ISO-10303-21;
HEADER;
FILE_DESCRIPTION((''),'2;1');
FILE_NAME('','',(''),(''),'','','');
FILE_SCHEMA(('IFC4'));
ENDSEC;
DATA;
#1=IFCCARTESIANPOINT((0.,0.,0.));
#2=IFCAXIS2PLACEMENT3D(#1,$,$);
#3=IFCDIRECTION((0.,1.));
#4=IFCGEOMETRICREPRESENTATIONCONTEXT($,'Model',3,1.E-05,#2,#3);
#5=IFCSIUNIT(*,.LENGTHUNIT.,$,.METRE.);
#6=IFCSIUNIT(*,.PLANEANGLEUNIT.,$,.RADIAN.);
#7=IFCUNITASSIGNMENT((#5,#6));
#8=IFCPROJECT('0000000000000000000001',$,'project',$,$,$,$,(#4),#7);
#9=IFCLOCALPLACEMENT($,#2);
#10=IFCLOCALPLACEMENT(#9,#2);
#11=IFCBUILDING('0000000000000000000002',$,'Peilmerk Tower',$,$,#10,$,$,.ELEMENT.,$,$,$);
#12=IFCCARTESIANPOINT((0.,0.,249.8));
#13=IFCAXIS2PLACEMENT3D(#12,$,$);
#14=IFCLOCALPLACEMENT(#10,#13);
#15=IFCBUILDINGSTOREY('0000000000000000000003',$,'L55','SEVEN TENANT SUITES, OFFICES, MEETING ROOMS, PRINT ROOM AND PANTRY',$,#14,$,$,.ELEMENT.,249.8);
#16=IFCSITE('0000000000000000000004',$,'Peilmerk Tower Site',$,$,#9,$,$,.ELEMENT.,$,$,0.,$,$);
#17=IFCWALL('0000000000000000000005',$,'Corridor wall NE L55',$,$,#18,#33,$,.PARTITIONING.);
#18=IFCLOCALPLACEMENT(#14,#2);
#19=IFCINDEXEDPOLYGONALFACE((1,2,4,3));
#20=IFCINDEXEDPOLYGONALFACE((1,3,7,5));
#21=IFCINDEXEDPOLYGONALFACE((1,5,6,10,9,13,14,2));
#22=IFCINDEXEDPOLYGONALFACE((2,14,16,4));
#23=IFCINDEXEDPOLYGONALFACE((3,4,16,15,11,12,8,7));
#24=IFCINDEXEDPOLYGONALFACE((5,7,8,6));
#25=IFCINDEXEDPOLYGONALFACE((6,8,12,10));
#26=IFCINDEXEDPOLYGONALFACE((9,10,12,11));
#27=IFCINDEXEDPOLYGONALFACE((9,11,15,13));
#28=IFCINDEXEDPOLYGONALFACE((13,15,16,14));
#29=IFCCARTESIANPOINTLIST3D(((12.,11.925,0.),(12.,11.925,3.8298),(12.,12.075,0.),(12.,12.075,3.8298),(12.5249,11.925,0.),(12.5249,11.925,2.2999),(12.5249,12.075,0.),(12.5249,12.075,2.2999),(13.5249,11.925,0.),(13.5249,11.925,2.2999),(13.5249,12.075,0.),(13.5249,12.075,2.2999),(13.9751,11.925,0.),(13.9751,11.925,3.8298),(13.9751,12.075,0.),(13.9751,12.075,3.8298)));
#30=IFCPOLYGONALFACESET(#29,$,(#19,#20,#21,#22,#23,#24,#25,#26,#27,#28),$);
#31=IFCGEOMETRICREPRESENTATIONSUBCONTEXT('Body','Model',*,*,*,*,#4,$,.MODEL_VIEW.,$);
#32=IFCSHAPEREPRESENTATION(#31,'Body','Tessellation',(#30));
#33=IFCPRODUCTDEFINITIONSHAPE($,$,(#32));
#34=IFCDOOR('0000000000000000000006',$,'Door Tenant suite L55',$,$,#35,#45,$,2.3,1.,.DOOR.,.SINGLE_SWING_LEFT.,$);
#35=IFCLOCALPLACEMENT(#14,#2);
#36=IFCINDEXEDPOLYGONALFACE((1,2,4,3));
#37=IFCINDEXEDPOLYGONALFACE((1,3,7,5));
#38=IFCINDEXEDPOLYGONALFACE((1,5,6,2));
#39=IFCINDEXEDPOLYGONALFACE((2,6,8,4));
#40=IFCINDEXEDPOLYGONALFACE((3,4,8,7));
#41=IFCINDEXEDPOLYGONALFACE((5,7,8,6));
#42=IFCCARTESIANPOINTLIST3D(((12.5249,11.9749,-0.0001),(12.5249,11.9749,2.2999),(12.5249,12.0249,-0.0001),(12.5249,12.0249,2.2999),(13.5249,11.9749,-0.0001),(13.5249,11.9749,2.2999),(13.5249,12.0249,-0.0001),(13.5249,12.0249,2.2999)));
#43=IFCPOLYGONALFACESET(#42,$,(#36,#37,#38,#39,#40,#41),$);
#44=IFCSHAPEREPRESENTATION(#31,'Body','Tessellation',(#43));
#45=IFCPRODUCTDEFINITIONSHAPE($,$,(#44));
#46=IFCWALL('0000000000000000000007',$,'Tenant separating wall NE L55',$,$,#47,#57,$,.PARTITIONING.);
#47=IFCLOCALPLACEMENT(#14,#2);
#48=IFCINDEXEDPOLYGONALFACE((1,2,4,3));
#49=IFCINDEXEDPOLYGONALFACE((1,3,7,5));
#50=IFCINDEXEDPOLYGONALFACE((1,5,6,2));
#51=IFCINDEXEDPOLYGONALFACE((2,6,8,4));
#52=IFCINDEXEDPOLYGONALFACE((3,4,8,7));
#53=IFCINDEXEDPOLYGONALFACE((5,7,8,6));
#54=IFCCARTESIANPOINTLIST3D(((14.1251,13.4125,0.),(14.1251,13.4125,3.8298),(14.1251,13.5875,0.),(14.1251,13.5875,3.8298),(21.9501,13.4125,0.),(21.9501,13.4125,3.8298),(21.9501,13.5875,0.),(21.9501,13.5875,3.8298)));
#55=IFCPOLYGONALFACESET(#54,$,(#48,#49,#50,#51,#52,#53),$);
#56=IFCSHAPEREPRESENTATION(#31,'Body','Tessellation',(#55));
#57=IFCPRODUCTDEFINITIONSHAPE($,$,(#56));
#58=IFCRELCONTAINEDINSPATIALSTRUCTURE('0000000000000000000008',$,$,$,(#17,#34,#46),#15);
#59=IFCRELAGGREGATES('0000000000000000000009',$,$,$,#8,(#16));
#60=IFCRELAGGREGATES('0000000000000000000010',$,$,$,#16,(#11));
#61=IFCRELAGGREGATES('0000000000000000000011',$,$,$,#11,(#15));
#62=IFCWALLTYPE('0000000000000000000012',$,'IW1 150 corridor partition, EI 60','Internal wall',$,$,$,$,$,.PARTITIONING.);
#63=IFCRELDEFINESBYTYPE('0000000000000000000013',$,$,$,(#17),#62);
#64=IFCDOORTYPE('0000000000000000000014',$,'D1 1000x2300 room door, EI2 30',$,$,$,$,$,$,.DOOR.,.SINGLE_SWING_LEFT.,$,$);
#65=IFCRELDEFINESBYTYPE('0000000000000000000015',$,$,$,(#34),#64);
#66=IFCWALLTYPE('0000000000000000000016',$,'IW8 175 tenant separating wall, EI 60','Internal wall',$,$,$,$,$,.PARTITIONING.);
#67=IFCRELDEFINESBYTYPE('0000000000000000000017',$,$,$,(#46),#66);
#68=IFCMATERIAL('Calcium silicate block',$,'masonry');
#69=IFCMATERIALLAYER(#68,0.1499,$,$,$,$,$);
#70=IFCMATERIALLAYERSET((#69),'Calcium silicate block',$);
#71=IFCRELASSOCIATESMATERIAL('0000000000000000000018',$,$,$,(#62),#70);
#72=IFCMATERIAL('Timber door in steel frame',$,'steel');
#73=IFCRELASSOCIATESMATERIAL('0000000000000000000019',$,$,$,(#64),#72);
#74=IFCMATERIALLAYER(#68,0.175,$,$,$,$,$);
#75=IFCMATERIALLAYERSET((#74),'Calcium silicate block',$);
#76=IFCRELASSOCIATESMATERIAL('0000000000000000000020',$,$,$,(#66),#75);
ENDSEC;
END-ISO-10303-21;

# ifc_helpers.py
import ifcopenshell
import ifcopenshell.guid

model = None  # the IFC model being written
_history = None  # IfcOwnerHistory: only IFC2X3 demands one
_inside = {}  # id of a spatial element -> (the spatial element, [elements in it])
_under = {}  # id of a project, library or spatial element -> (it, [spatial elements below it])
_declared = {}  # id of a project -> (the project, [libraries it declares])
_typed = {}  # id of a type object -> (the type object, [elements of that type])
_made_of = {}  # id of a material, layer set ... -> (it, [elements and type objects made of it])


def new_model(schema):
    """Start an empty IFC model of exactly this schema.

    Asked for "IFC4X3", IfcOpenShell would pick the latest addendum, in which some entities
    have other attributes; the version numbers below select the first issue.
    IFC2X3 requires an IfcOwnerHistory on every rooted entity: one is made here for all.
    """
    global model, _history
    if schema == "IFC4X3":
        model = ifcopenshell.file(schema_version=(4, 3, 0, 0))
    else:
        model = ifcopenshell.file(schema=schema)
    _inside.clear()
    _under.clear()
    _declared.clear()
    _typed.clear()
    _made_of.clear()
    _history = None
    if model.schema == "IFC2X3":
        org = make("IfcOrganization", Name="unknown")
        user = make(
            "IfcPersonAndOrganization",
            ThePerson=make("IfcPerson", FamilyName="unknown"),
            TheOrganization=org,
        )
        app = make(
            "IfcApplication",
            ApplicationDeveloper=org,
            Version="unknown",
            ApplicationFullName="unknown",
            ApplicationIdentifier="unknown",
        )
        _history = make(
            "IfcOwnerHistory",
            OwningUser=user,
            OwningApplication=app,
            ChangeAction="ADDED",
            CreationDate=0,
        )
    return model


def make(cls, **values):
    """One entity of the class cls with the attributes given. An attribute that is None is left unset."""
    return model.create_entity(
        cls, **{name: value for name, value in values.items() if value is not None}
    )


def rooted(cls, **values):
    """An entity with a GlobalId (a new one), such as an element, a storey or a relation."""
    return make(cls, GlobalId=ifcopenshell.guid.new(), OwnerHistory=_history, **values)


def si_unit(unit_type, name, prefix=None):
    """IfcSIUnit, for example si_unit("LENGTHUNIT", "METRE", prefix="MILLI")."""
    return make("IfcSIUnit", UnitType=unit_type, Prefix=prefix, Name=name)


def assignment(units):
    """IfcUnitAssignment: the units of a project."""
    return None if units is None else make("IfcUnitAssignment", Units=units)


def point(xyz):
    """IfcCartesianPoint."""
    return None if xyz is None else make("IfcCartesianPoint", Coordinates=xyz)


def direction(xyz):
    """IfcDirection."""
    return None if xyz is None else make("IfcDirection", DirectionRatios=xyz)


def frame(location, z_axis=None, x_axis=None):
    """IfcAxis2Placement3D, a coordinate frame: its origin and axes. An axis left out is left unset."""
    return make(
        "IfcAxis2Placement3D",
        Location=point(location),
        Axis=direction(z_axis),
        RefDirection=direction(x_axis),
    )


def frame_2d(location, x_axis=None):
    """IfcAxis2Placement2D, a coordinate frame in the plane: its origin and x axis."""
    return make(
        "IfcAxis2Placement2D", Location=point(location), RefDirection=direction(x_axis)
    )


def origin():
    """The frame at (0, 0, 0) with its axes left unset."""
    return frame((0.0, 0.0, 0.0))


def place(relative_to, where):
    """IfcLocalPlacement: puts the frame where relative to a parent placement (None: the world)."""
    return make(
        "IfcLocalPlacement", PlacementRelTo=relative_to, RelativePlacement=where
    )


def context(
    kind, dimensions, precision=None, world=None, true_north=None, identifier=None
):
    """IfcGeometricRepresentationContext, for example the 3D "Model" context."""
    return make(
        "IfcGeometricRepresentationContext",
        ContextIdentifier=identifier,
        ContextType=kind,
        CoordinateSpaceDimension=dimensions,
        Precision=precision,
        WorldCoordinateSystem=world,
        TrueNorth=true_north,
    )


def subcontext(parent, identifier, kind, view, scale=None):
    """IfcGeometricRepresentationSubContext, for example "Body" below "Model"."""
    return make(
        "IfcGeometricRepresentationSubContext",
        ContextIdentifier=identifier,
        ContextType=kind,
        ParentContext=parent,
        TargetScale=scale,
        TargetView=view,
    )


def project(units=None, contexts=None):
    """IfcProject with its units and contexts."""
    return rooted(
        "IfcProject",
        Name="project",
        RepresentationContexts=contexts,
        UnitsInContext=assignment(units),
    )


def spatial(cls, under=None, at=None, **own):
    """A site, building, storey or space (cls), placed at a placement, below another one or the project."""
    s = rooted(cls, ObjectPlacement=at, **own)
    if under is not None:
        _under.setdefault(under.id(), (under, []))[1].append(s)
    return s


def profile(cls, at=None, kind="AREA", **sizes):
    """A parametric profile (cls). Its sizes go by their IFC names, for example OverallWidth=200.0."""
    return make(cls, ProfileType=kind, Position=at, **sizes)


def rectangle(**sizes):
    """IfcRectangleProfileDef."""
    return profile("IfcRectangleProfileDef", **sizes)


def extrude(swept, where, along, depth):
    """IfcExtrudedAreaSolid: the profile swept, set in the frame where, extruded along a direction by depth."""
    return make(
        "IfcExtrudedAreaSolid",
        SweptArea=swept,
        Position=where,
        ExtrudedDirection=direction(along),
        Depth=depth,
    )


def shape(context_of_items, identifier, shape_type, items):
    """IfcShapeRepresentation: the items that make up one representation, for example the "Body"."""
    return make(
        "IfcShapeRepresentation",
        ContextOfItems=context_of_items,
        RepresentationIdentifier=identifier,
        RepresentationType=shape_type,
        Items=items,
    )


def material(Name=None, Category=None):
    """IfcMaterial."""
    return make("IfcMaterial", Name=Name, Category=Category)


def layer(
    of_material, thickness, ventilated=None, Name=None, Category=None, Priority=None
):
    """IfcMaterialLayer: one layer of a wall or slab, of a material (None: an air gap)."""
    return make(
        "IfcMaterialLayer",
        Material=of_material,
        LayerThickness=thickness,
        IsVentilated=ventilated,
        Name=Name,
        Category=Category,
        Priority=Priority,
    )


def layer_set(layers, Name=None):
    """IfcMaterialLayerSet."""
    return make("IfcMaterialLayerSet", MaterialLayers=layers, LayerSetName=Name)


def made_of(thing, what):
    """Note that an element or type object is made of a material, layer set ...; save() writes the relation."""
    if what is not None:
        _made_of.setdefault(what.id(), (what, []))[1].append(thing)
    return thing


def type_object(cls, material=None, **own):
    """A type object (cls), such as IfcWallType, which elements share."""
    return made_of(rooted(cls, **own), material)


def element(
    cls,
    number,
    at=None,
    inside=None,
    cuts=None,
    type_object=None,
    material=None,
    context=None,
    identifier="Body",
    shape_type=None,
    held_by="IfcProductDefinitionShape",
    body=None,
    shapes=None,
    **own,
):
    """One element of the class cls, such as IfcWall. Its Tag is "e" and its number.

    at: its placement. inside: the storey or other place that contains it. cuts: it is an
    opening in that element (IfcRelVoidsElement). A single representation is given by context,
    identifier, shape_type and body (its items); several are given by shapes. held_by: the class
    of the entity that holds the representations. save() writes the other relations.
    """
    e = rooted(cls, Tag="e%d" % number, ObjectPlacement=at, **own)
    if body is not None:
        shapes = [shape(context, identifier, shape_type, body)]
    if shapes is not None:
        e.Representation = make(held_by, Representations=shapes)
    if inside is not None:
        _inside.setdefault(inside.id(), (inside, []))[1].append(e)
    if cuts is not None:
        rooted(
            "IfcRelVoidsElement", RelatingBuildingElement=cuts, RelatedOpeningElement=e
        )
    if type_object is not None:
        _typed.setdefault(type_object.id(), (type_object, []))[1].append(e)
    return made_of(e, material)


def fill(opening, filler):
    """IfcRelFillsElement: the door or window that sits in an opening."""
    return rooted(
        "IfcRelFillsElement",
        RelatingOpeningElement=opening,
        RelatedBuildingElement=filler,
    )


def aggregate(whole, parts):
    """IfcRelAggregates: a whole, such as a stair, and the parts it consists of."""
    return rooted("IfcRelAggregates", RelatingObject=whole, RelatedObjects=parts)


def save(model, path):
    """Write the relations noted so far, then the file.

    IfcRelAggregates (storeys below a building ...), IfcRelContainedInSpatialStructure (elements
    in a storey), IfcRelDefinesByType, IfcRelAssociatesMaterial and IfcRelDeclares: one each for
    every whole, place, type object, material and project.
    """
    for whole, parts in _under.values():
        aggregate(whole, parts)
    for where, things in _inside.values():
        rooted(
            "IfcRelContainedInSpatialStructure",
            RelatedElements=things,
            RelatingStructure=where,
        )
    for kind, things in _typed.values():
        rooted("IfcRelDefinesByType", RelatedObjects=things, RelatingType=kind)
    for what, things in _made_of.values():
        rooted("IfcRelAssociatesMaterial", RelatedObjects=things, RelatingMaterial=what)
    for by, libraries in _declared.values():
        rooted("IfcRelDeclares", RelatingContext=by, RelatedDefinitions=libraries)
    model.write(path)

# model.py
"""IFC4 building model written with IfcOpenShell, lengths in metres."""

from ifc_helpers import new_model, si_unit, direction, frame, frame_2d, origin, place, context, subcontext, project, spatial, rectangle, extrude, material, layer, layer_set, type_object, element, fill, save


model = new_model("IFC4")

# Units and contexts
model_context = context("Model", 3, precision=1e-05, world=origin(), true_north=direction((0.0, 1.0)))
body_context = subcontext(model_context, "Body", "Model", "MODEL_VIEW")
ifc_project = project(units=[si_unit("LENGTHUNIT", "METRE"), si_unit("PLANEANGLEUNIT", "RADIAN")], contexts=[model_context])

# Site, building, storey
site_placement = place(None, origin())
site = spatial("IfcSite", under=ifc_project, at=site_placement, Name="Peilmerk Tower Site", CompositionType="ELEMENT", RefElevation=0.0)
building_placement = place(site_placement, origin())
building = spatial("IfcBuilding", under=site, at=building_placement, Name="Peilmerk Tower", CompositionType="ELEMENT")
storey_placement = place(building_placement, frame((0.0, 0.0, 249.8)))
storey = spatial("IfcBuildingStorey", under=building, at=storey_placement, Name="L55", Description="SEVEN TENANT SUITES, OFFICES, MEETING ROOMS, PRINT ROOM AND PANTRY", CompositionType="ELEMENT", Elevation=249.8)

# Wall, opening, door
ifc_material_1 = material(Name="Calcium silicate block", Category="masonry")
ifc_layer_1 = layer(ifc_material_1, 0.1499)
ifc_layer_set_1 = layer_set([ifc_layer_1], Name="Calcium silicate block")
wall_type_1 = type_object("IfcWallType", Name="IW1 150 corridor partition, EI 60", Description="Internal wall", PredefinedType="PARTITIONING", material=ifc_layer_set_1)
wall_1_placement = place(storey_placement, frame((12.0, 12.0, 0.0), z_axis=(0.0, 0.0, 1.0), x_axis=(1.0, 0.0, 0.0)))
wall_1 = element("IfcWall", 1, at=wall_1_placement, inside=storey, type_object=wall_type_1, Name="Corridor wall NE L55", PredefinedType="PARTITIONING", context=body_context, shape_type="SweptSolid", body=[
    extrude(rectangle(XDim=1.9751, YDim=0.1499, at=frame_2d((0.9875, 0.0))), origin(), (0.0, 0.0, 1.0), 3.8298),
])
opening_placement = place(wall_1_placement, frame((0.5249, 0.0, 0.0)))
opening = element("IfcOpeningElement", 2, at=opening_placement, cuts=wall_1, PredefinedType="OPENING", context=body_context, shape_type="SweptSolid", body=[
    extrude(rectangle(XDim=1.0, YDim=2.3, at=frame_2d((0.5, 1.1499))), frame((0.0, 0.085, 0.0), z_axis=(0.0, -1.0, 0.0), x_axis=(1.0, 0.0, 0.0)), (0.0, 0.0, 1.0), 0.1699),
])
ifc_material_2 = material(Name="Timber door in steel frame", Category="steel")
door_type = type_object("IfcDoorType", Name="D1 1000x2300 room door, EI2 30", OperationType="SINGLE_SWING_LEFT", PredefinedType="DOOR", material=ifc_material_2)
door_placement = place(opening_placement, origin())
door = element("IfcDoor", 3, at=door_placement, inside=storey, type_object=door_type, Name="Door Tenant suite L55", OperationType="SINGLE_SWING_LEFT", OverallHeight=2.3, OverallWidth=1.0, PredefinedType="DOOR", context=body_context, shape_type="SweptSolid", body=[
    extrude(rectangle(XDim=1.0, YDim=2.3, at=frame_2d((0.5, 1.1499))), frame((0.0, 0.0249, 0.0), z_axis=(0.0, -1.0, 0.0), x_axis=(1.0, 0.0, 0.0)), (0.0, 0.0, 1.0), 0.05),
])
fill(opening, door)

# Wall
ifc_layer_2 = layer(ifc_material_1, 0.175)
ifc_layer_set_2 = layer_set([ifc_layer_2], Name="Calcium silicate block")
wall_type_2 = type_object("IfcWallType", Name="IW8 175 tenant separating wall, EI 60", Description="Internal wall", PredefinedType="PARTITIONING", material=ifc_layer_set_2)
wall_2_placement = place(storey_placement, frame((14.125, 13.5, 0.0), z_axis=(0.0, 0.0, 1.0), x_axis=(1.0, 0.0, 0.0)))
element("IfcWall", 4, at=wall_2_placement, inside=storey, type_object=wall_type_2, Name="Tenant separating wall NE L55", PredefinedType="PARTITIONING", context=body_context, shape_type="SweptSolid", body=[
    extrude(rectangle(XDim=7.825, YDim=0.175, at=frame_2d((3.9126, 0.0))), origin(), (0.0, 0.0, 1.0), 3.8298),
])

save(model, "model.ifc")
